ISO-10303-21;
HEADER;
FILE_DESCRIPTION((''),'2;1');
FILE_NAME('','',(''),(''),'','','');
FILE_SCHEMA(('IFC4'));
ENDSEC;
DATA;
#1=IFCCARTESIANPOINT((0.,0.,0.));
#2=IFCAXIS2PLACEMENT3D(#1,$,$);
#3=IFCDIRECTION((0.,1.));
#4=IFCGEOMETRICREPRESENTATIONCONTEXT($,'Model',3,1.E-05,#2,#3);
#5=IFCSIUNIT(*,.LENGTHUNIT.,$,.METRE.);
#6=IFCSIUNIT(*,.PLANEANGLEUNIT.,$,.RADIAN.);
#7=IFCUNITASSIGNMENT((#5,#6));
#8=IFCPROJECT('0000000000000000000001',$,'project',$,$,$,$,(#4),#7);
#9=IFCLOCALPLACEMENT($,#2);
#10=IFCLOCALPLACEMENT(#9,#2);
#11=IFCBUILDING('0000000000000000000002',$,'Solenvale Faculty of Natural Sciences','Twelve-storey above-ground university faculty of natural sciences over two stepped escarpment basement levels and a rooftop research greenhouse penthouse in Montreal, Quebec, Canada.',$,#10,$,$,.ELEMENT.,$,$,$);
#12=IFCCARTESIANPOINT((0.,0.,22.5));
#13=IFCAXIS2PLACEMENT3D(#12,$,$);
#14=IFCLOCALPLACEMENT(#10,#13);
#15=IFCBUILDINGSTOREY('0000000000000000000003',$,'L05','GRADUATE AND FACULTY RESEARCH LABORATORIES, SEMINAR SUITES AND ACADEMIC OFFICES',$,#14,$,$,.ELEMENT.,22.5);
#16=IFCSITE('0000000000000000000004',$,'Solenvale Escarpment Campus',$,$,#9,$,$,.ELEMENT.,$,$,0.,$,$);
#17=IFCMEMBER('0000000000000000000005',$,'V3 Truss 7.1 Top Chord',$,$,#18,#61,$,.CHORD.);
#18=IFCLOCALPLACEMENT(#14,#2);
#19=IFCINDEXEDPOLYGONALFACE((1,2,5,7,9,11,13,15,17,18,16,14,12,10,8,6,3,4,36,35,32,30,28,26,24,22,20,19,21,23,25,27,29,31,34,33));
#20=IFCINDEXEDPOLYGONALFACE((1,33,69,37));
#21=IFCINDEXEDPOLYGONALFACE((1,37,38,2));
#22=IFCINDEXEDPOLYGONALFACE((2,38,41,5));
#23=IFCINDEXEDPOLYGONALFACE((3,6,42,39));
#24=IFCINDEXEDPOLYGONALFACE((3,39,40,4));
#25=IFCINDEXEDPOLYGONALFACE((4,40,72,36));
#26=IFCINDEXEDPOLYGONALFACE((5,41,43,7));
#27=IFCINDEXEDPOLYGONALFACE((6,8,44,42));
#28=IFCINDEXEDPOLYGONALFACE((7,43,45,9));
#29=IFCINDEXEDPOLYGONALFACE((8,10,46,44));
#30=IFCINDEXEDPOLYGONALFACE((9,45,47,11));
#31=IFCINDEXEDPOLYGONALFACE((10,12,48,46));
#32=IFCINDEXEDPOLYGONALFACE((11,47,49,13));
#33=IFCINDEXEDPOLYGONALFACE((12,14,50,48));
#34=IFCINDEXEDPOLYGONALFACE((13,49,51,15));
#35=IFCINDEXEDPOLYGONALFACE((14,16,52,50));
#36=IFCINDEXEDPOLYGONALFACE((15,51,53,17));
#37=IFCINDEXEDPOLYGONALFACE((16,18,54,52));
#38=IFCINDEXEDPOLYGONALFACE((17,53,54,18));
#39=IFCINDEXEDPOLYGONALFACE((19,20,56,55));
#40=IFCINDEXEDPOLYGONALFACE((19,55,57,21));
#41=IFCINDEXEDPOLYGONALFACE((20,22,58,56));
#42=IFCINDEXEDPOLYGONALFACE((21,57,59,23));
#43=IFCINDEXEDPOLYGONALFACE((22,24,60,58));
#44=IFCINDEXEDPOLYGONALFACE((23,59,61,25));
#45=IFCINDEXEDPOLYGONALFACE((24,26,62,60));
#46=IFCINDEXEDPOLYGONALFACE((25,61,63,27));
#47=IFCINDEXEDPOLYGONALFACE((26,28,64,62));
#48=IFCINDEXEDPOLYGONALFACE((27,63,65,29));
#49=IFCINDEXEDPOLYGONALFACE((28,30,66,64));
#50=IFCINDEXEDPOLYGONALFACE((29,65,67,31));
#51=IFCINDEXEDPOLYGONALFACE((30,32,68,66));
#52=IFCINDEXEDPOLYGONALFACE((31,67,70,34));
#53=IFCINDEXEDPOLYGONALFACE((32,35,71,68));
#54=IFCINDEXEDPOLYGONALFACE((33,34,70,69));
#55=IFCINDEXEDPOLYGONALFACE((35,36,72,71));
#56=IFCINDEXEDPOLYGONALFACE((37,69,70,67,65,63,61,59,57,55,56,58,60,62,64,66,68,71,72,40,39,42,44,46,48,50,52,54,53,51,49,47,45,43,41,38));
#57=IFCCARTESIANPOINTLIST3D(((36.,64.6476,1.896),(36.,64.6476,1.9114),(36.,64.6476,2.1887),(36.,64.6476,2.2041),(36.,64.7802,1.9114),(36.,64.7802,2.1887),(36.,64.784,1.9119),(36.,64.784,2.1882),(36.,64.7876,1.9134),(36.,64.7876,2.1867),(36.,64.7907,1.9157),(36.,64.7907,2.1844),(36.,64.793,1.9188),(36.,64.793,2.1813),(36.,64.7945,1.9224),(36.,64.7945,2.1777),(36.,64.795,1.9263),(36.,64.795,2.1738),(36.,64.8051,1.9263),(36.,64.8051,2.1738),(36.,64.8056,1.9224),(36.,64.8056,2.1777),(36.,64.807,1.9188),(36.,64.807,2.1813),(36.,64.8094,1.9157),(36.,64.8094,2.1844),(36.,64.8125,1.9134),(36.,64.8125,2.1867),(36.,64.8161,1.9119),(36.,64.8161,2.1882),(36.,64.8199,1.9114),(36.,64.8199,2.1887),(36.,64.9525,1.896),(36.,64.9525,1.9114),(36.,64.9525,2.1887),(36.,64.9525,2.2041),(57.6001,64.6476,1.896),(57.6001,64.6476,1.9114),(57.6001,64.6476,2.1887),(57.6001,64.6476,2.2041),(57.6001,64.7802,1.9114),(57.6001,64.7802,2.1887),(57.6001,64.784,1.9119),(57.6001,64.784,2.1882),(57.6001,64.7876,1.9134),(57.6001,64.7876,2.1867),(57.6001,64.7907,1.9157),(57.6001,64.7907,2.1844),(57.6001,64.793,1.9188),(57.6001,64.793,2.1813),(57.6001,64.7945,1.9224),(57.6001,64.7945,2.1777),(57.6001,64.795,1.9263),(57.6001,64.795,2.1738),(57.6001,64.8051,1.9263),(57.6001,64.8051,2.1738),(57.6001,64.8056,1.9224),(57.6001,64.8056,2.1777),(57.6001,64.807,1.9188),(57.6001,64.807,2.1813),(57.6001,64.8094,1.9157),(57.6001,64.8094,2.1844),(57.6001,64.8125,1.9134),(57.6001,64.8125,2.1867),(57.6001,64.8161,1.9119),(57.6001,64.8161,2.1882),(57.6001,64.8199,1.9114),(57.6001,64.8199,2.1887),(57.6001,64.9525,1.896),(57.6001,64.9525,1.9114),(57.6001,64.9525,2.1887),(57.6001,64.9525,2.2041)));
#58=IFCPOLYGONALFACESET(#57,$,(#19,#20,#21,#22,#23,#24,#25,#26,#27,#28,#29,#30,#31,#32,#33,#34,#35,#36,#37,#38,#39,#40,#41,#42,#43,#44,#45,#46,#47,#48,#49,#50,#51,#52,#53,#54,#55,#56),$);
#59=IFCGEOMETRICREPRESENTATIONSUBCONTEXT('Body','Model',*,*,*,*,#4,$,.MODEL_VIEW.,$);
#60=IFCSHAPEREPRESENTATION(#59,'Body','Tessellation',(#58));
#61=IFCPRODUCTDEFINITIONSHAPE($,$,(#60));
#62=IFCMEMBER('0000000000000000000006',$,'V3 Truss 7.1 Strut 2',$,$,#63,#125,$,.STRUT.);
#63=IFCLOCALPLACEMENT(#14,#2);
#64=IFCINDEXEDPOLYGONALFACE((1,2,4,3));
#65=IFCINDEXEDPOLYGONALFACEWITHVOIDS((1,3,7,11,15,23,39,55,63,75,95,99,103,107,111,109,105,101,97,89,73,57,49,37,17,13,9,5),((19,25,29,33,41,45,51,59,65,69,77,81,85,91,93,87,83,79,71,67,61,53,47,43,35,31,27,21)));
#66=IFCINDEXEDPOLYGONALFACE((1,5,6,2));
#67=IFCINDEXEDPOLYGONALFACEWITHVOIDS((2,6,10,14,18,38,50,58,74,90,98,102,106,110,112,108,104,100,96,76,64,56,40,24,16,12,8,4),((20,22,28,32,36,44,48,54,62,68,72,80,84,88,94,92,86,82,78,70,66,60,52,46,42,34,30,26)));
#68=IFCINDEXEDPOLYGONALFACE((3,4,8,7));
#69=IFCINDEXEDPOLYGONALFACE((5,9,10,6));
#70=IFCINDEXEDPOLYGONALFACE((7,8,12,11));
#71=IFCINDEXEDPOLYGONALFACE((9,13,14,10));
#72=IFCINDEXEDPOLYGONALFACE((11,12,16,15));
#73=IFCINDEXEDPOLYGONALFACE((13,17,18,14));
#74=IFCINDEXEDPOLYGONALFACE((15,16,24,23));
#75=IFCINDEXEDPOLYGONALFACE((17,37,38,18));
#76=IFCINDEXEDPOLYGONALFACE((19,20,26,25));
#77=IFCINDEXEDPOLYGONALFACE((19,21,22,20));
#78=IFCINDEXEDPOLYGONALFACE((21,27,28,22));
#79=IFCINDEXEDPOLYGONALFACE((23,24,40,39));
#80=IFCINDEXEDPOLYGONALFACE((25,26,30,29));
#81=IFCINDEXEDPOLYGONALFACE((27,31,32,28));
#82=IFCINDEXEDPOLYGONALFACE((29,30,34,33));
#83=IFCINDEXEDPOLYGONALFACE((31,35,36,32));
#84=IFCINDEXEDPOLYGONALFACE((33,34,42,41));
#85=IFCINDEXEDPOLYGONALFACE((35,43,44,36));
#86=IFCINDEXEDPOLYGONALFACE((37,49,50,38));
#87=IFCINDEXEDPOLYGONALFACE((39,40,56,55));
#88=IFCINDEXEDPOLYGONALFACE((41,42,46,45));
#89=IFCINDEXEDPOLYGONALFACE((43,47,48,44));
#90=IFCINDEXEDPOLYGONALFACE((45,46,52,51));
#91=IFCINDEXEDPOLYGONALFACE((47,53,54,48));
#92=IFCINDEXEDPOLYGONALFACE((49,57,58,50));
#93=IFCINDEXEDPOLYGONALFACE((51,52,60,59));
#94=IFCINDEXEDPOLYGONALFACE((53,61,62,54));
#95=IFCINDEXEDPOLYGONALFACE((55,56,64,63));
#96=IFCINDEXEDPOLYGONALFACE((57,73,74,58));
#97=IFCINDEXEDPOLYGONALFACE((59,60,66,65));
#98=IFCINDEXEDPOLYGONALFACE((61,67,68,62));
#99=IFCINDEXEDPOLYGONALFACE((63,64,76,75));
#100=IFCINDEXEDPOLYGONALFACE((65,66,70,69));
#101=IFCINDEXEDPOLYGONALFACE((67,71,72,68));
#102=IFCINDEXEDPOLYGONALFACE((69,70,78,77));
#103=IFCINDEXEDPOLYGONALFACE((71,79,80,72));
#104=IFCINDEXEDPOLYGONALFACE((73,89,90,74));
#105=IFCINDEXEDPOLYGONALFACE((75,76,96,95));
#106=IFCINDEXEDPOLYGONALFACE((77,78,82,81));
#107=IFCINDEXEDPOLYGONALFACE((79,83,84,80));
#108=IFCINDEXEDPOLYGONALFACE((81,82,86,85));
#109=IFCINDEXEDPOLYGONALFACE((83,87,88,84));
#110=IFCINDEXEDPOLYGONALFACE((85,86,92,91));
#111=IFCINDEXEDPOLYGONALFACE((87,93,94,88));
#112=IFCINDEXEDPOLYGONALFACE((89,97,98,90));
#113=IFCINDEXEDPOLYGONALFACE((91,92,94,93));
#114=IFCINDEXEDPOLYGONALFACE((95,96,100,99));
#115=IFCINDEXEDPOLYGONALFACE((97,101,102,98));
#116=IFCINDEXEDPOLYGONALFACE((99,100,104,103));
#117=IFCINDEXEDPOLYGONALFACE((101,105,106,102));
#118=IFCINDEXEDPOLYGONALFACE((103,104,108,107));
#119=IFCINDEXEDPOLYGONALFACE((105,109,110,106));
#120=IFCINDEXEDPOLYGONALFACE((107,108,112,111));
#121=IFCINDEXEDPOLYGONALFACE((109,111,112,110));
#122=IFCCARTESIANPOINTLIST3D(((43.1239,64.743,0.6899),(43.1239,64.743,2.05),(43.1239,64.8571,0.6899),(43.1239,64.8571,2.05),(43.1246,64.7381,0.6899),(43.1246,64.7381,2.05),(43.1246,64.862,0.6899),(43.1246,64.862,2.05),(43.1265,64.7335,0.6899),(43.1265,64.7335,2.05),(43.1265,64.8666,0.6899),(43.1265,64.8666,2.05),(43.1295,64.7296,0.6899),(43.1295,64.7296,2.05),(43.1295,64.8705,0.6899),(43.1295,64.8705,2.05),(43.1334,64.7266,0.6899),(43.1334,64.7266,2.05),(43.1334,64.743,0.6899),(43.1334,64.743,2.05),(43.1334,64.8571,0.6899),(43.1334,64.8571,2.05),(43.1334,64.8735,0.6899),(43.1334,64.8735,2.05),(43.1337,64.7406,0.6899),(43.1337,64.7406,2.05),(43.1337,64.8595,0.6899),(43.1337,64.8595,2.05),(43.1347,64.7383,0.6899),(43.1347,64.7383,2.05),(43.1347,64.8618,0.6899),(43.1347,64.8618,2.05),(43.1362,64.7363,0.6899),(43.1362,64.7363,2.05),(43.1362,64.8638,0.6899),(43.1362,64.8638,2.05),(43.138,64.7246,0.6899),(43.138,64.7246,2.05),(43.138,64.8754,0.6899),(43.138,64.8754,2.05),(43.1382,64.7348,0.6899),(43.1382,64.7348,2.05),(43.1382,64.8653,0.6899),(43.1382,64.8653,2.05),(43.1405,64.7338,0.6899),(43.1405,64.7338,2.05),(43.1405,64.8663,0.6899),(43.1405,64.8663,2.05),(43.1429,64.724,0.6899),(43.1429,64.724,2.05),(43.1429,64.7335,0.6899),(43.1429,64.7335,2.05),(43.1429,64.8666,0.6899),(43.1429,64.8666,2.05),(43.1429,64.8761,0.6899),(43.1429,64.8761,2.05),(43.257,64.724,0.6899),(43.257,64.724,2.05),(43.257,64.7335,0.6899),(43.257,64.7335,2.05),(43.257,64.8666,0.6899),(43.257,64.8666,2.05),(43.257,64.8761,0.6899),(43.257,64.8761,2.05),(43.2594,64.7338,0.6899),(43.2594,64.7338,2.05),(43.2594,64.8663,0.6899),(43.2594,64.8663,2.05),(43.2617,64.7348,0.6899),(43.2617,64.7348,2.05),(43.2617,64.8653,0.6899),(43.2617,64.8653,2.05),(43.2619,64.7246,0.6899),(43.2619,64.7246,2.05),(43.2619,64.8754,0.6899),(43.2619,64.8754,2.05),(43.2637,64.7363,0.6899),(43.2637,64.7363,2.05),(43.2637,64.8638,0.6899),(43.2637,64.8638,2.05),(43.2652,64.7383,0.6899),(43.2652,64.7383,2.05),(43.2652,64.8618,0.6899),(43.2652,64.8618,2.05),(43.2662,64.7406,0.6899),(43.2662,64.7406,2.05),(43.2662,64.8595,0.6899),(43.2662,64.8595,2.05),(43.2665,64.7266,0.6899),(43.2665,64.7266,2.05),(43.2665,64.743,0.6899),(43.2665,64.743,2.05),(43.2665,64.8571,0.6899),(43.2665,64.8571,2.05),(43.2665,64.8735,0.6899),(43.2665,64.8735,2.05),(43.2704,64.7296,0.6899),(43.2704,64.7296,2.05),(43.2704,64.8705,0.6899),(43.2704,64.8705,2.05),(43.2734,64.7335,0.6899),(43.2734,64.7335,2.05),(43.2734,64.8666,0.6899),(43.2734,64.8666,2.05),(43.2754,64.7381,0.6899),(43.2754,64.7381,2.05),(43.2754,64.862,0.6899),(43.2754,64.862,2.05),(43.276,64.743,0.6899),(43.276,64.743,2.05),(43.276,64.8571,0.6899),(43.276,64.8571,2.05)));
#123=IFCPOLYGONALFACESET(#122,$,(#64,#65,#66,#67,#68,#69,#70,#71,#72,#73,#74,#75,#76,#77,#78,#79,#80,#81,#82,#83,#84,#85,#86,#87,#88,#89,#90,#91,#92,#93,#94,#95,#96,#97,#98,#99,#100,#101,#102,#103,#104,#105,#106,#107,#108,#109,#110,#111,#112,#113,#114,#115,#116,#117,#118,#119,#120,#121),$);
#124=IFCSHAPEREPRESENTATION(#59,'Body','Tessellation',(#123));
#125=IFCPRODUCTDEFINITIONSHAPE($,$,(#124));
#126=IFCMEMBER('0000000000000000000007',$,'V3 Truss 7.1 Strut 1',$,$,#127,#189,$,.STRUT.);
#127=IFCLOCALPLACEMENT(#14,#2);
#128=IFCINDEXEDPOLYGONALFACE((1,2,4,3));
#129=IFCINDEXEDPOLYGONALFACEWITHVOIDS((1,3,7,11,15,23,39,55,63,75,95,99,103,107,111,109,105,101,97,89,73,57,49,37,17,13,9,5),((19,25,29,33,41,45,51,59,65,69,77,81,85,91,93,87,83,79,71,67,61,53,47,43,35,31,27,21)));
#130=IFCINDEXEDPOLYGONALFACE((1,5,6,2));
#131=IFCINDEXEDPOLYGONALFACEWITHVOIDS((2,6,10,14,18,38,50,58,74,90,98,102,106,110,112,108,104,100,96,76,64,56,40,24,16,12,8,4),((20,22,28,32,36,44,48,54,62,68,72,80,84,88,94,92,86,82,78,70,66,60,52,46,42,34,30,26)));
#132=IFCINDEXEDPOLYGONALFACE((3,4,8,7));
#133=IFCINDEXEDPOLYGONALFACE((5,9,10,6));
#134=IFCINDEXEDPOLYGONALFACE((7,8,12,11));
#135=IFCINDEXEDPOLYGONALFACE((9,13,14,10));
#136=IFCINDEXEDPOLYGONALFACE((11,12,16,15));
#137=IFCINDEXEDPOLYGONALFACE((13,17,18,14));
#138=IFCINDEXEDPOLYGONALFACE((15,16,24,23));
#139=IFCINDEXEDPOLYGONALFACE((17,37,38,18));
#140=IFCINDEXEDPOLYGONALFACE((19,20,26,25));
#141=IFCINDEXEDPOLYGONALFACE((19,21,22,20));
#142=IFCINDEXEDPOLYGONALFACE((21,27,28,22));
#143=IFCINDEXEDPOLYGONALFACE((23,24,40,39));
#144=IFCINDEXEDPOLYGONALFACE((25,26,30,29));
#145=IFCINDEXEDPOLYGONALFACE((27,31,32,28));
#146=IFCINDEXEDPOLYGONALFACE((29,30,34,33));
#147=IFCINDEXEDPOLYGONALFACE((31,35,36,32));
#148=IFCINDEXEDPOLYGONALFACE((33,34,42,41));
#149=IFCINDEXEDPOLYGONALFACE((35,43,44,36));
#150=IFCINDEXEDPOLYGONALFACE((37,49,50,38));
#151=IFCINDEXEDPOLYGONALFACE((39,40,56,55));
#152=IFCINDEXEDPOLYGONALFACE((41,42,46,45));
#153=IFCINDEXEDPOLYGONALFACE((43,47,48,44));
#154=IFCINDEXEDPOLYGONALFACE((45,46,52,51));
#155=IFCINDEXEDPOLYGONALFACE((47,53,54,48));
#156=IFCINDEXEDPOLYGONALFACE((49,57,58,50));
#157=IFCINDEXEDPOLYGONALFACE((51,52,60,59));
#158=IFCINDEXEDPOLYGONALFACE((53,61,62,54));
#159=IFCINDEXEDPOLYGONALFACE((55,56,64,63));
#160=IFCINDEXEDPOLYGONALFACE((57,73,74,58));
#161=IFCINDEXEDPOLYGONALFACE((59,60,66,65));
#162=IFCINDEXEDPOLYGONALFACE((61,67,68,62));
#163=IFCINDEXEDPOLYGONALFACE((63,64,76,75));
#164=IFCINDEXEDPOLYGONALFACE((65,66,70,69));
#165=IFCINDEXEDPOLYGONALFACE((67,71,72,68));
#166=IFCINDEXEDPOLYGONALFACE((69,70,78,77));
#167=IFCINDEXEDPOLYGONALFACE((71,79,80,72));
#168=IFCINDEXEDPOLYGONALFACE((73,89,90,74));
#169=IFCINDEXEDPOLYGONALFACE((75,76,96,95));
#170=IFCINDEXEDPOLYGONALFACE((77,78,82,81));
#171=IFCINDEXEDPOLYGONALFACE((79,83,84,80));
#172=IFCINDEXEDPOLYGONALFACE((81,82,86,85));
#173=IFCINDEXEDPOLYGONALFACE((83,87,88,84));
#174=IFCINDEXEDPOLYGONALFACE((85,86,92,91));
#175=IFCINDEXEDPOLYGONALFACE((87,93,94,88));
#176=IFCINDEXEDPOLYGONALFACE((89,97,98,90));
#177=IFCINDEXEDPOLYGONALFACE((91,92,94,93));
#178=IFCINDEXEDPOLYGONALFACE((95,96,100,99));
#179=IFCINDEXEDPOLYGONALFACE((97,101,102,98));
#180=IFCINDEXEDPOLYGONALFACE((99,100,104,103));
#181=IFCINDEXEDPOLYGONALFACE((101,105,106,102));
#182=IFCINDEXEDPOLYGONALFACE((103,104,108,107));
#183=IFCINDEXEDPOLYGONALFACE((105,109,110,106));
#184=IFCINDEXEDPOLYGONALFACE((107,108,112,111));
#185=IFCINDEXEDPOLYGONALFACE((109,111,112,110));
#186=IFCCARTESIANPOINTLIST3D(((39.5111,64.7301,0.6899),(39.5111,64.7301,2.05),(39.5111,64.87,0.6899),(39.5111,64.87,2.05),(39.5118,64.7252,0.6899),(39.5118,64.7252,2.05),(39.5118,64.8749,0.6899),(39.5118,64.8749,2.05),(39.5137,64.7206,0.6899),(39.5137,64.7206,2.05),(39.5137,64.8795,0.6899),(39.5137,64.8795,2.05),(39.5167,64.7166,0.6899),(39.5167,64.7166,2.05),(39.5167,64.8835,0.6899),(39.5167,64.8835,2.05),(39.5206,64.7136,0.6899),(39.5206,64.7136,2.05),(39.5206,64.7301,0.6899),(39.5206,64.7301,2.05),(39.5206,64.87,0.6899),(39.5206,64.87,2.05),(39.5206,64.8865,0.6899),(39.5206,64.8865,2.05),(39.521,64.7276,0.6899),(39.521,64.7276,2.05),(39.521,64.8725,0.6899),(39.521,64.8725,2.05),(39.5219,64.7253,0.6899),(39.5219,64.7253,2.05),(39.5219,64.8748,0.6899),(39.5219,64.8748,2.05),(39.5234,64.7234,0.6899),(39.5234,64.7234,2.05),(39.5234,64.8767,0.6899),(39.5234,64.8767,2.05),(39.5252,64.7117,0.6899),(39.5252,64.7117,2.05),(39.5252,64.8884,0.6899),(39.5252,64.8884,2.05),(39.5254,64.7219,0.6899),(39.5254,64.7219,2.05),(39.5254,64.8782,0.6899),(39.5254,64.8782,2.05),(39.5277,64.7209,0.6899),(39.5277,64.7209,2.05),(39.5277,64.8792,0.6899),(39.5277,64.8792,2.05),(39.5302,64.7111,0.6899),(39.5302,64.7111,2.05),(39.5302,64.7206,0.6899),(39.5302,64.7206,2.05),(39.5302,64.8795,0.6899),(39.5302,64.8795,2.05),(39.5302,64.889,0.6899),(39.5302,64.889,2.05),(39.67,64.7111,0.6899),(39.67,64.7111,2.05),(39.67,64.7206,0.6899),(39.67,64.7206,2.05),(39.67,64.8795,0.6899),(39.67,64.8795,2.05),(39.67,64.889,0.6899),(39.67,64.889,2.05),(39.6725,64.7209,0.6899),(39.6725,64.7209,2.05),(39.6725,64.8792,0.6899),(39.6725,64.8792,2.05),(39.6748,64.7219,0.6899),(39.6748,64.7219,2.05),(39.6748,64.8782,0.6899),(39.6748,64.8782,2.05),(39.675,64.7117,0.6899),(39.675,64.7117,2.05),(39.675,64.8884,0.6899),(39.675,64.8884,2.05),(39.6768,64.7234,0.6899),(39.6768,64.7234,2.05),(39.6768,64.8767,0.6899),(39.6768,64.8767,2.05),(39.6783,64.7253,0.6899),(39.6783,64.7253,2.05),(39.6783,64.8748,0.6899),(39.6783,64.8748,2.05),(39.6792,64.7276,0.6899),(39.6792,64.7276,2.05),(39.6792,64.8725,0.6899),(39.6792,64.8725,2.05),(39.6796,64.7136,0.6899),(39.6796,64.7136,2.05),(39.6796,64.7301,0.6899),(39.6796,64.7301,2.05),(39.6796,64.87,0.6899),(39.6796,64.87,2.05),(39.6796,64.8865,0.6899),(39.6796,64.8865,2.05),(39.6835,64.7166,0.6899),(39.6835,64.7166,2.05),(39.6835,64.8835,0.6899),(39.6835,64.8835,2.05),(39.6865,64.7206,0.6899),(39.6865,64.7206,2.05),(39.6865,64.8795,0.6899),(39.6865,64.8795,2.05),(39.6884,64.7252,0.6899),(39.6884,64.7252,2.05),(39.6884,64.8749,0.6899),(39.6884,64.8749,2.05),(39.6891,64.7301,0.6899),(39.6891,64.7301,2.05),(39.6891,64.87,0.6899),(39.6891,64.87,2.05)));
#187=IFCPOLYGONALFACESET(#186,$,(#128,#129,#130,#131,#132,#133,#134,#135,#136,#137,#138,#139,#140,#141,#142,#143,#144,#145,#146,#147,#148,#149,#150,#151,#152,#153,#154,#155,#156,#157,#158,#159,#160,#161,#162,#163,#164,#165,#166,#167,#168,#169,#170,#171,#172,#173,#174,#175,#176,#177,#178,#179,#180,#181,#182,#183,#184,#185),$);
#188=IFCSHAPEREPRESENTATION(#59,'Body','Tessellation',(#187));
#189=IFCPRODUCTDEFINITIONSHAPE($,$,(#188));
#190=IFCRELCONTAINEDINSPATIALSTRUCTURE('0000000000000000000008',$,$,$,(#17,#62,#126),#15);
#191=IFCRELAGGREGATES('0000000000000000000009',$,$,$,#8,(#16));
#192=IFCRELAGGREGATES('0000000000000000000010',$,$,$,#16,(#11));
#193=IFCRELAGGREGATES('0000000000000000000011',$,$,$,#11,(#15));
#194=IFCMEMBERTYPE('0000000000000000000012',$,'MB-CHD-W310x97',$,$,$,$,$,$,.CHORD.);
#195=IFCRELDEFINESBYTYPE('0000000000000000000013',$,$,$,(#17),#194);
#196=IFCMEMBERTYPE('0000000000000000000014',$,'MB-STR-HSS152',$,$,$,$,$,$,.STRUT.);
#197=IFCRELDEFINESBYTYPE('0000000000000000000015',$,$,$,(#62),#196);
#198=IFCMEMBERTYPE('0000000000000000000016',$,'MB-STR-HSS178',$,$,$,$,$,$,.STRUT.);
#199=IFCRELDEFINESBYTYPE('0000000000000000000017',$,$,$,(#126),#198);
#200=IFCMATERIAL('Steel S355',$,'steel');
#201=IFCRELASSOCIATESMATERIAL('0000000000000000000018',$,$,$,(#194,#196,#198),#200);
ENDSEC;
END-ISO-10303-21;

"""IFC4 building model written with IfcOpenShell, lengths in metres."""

from ifc_helpers import new_model, si_unit, direction, frame, origin, origin_2d, place, context, subcontext, project, spatial, hollow_rectangle, i_section, extrude, material, material_profile, profile_set, type_object, element, save


model = new_model("IFC4")

# Units and contexts
model_context = context("Model", 3, precision=1e-05, world=origin(), true_north=direction((0.0, 1.0)))
body_context = subcontext(model_context, "Body", "Model", "MODEL_VIEW")
ifc_project = project(units=[si_unit("LENGTHUNIT", "METRE"), si_unit("PLANEANGLEUNIT", "RADIAN")], contexts=[model_context])

# Site, building, storey
site_placement = place(None, origin())
site = spatial("IfcSite", under=ifc_project, at=site_placement, Name="Solenvale Escarpment Campus", CompositionType="ELEMENT", RefElevation=0.0)
building_placement = place(site_placement, origin())
building = spatial("IfcBuilding", under=site, at=building_placement, Name="Solenvale Faculty of Natural Sciences", Description="Twelve-storey above-ground university faculty of natural sciences over two stepped escarpment basement levels and a rooftop research greenhouse penthouse in Montreal, Quebec, Canada.", CompositionType="ELEMENT")
storey_placement = place(building_placement, frame((0.0, 0.0, 22.5)))
storey = spatial("IfcBuildingStorey", under=building, at=storey_placement, Name="L05", Description="GRADUATE AND FACULTY RESEARCH LABORATORIES, SEMINAR SUITES AND ACADEMIC OFFICES", CompositionType="ELEMENT", Elevation=22.5)

# Shared definitions
ifc_material_1 = material(Name="Steel S355", Category="steel")

# Members
ifc_material_profile_1 = material_profile(ifc_material_1, i_section(OverallWidth=0.3049, OverallDepth=0.3081, WebThickness=0.01, FlangeThickness=0.0154, FilletRadius=0.0149, at=origin_2d()), Name="W310x97")
ifc_profile_set_1 = profile_set([ifc_material_profile_1], Name="Steel S355")
member_type_1 = type_object("IfcMemberType", Name="MB-CHD-W310x97", PredefinedType="CHORD", material=ifc_profile_set_1)
member_1_placement = place(storey_placement, frame((36.0, 64.8, 2.05), z_axis=(1.0, 0.0, 0.0), x_axis=(0.0, 1.0, 0.0)))
element("IfcMember", 1, at=member_1_placement, inside=storey, type_object=member_type_1, Name="V3 Truss 7.1 Top Chord", PredefinedType="CHORD", context=body_context, shape_type="SweptSolid", body=[
    extrude(i_section(OverallWidth=0.3049, OverallDepth=0.3081, WebThickness=0.01, FlangeThickness=0.0154, FilletRadius=0.0149, at=origin_2d()), origin(), (0.0, 0.0, 1.0), 21.6001),
])
ifc_material_profile_2 = material_profile(ifc_material_1, hollow_rectangle(XDim=0.1521, YDim=0.1521, WallThickness=0.0095, InnerFilletRadius=0.0095, OuterFilletRadius=0.019, at=origin_2d()), Name="HSS152x152x9.5")
ifc_profile_set_2 = profile_set([ifc_material_profile_2], Name="Steel S355")
member_type_2 = type_object("IfcMemberType", Name="MB-STR-HSS152", PredefinedType="STRUT", material=ifc_profile_set_2)
member_2_placement = place(storey_placement, frame((43.2, 64.8, 0.6899), z_axis=(0.0, 0.0, 1.0), x_axis=(1.0, 0.0, 0.0)))
element("IfcMember", 2, at=member_2_placement, inside=storey, type_object=member_type_2, Name="V3 Truss 7.1 Strut 2", PredefinedType="STRUT", context=body_context, shape_type="SweptSolid", body=[
    extrude(hollow_rectangle(XDim=0.1521, YDim=0.1521, WallThickness=0.0095, InnerFilletRadius=0.0095, OuterFilletRadius=0.019, at=origin_2d()), origin(), (0.0, 0.0, 1.0), 1.3601),
])
ifc_material_profile_3 = material_profile(ifc_material_1, hollow_rectangle(XDim=0.178, YDim=0.178, WallThickness=0.0095, InnerFilletRadius=0.0095, OuterFilletRadius=0.019, at=origin_2d()), Name="HSS178x178x9.5")
ifc_profile_set_3 = profile_set([ifc_material_profile_3], Name="Steel S355")
member_type_3 = type_object("IfcMemberType", Name="MB-STR-HSS178", PredefinedType="STRUT", material=ifc_profile_set_3)
member_3_placement = place(storey_placement, frame((39.6001, 64.8, 0.6899), z_axis=(0.0, 0.0, 1.0), x_axis=(1.0, 0.0, 0.0)))
element("IfcMember", 3, at=member_3_placement, inside=storey, type_object=member_type_3, Name="V3 Truss 7.1 Strut 1", PredefinedType="STRUT", context=body_context, shape_type="SweptSolid", body=[
    extrude(hollow_rectangle(XDim=0.178, YDim=0.178, WallThickness=0.0095, InnerFilletRadius=0.0095, OuterFilletRadius=0.019, at=origin_2d()), origin(), (0.0, 0.0, 1.0), 1.3601),
])

save(model, "model.ifc")
